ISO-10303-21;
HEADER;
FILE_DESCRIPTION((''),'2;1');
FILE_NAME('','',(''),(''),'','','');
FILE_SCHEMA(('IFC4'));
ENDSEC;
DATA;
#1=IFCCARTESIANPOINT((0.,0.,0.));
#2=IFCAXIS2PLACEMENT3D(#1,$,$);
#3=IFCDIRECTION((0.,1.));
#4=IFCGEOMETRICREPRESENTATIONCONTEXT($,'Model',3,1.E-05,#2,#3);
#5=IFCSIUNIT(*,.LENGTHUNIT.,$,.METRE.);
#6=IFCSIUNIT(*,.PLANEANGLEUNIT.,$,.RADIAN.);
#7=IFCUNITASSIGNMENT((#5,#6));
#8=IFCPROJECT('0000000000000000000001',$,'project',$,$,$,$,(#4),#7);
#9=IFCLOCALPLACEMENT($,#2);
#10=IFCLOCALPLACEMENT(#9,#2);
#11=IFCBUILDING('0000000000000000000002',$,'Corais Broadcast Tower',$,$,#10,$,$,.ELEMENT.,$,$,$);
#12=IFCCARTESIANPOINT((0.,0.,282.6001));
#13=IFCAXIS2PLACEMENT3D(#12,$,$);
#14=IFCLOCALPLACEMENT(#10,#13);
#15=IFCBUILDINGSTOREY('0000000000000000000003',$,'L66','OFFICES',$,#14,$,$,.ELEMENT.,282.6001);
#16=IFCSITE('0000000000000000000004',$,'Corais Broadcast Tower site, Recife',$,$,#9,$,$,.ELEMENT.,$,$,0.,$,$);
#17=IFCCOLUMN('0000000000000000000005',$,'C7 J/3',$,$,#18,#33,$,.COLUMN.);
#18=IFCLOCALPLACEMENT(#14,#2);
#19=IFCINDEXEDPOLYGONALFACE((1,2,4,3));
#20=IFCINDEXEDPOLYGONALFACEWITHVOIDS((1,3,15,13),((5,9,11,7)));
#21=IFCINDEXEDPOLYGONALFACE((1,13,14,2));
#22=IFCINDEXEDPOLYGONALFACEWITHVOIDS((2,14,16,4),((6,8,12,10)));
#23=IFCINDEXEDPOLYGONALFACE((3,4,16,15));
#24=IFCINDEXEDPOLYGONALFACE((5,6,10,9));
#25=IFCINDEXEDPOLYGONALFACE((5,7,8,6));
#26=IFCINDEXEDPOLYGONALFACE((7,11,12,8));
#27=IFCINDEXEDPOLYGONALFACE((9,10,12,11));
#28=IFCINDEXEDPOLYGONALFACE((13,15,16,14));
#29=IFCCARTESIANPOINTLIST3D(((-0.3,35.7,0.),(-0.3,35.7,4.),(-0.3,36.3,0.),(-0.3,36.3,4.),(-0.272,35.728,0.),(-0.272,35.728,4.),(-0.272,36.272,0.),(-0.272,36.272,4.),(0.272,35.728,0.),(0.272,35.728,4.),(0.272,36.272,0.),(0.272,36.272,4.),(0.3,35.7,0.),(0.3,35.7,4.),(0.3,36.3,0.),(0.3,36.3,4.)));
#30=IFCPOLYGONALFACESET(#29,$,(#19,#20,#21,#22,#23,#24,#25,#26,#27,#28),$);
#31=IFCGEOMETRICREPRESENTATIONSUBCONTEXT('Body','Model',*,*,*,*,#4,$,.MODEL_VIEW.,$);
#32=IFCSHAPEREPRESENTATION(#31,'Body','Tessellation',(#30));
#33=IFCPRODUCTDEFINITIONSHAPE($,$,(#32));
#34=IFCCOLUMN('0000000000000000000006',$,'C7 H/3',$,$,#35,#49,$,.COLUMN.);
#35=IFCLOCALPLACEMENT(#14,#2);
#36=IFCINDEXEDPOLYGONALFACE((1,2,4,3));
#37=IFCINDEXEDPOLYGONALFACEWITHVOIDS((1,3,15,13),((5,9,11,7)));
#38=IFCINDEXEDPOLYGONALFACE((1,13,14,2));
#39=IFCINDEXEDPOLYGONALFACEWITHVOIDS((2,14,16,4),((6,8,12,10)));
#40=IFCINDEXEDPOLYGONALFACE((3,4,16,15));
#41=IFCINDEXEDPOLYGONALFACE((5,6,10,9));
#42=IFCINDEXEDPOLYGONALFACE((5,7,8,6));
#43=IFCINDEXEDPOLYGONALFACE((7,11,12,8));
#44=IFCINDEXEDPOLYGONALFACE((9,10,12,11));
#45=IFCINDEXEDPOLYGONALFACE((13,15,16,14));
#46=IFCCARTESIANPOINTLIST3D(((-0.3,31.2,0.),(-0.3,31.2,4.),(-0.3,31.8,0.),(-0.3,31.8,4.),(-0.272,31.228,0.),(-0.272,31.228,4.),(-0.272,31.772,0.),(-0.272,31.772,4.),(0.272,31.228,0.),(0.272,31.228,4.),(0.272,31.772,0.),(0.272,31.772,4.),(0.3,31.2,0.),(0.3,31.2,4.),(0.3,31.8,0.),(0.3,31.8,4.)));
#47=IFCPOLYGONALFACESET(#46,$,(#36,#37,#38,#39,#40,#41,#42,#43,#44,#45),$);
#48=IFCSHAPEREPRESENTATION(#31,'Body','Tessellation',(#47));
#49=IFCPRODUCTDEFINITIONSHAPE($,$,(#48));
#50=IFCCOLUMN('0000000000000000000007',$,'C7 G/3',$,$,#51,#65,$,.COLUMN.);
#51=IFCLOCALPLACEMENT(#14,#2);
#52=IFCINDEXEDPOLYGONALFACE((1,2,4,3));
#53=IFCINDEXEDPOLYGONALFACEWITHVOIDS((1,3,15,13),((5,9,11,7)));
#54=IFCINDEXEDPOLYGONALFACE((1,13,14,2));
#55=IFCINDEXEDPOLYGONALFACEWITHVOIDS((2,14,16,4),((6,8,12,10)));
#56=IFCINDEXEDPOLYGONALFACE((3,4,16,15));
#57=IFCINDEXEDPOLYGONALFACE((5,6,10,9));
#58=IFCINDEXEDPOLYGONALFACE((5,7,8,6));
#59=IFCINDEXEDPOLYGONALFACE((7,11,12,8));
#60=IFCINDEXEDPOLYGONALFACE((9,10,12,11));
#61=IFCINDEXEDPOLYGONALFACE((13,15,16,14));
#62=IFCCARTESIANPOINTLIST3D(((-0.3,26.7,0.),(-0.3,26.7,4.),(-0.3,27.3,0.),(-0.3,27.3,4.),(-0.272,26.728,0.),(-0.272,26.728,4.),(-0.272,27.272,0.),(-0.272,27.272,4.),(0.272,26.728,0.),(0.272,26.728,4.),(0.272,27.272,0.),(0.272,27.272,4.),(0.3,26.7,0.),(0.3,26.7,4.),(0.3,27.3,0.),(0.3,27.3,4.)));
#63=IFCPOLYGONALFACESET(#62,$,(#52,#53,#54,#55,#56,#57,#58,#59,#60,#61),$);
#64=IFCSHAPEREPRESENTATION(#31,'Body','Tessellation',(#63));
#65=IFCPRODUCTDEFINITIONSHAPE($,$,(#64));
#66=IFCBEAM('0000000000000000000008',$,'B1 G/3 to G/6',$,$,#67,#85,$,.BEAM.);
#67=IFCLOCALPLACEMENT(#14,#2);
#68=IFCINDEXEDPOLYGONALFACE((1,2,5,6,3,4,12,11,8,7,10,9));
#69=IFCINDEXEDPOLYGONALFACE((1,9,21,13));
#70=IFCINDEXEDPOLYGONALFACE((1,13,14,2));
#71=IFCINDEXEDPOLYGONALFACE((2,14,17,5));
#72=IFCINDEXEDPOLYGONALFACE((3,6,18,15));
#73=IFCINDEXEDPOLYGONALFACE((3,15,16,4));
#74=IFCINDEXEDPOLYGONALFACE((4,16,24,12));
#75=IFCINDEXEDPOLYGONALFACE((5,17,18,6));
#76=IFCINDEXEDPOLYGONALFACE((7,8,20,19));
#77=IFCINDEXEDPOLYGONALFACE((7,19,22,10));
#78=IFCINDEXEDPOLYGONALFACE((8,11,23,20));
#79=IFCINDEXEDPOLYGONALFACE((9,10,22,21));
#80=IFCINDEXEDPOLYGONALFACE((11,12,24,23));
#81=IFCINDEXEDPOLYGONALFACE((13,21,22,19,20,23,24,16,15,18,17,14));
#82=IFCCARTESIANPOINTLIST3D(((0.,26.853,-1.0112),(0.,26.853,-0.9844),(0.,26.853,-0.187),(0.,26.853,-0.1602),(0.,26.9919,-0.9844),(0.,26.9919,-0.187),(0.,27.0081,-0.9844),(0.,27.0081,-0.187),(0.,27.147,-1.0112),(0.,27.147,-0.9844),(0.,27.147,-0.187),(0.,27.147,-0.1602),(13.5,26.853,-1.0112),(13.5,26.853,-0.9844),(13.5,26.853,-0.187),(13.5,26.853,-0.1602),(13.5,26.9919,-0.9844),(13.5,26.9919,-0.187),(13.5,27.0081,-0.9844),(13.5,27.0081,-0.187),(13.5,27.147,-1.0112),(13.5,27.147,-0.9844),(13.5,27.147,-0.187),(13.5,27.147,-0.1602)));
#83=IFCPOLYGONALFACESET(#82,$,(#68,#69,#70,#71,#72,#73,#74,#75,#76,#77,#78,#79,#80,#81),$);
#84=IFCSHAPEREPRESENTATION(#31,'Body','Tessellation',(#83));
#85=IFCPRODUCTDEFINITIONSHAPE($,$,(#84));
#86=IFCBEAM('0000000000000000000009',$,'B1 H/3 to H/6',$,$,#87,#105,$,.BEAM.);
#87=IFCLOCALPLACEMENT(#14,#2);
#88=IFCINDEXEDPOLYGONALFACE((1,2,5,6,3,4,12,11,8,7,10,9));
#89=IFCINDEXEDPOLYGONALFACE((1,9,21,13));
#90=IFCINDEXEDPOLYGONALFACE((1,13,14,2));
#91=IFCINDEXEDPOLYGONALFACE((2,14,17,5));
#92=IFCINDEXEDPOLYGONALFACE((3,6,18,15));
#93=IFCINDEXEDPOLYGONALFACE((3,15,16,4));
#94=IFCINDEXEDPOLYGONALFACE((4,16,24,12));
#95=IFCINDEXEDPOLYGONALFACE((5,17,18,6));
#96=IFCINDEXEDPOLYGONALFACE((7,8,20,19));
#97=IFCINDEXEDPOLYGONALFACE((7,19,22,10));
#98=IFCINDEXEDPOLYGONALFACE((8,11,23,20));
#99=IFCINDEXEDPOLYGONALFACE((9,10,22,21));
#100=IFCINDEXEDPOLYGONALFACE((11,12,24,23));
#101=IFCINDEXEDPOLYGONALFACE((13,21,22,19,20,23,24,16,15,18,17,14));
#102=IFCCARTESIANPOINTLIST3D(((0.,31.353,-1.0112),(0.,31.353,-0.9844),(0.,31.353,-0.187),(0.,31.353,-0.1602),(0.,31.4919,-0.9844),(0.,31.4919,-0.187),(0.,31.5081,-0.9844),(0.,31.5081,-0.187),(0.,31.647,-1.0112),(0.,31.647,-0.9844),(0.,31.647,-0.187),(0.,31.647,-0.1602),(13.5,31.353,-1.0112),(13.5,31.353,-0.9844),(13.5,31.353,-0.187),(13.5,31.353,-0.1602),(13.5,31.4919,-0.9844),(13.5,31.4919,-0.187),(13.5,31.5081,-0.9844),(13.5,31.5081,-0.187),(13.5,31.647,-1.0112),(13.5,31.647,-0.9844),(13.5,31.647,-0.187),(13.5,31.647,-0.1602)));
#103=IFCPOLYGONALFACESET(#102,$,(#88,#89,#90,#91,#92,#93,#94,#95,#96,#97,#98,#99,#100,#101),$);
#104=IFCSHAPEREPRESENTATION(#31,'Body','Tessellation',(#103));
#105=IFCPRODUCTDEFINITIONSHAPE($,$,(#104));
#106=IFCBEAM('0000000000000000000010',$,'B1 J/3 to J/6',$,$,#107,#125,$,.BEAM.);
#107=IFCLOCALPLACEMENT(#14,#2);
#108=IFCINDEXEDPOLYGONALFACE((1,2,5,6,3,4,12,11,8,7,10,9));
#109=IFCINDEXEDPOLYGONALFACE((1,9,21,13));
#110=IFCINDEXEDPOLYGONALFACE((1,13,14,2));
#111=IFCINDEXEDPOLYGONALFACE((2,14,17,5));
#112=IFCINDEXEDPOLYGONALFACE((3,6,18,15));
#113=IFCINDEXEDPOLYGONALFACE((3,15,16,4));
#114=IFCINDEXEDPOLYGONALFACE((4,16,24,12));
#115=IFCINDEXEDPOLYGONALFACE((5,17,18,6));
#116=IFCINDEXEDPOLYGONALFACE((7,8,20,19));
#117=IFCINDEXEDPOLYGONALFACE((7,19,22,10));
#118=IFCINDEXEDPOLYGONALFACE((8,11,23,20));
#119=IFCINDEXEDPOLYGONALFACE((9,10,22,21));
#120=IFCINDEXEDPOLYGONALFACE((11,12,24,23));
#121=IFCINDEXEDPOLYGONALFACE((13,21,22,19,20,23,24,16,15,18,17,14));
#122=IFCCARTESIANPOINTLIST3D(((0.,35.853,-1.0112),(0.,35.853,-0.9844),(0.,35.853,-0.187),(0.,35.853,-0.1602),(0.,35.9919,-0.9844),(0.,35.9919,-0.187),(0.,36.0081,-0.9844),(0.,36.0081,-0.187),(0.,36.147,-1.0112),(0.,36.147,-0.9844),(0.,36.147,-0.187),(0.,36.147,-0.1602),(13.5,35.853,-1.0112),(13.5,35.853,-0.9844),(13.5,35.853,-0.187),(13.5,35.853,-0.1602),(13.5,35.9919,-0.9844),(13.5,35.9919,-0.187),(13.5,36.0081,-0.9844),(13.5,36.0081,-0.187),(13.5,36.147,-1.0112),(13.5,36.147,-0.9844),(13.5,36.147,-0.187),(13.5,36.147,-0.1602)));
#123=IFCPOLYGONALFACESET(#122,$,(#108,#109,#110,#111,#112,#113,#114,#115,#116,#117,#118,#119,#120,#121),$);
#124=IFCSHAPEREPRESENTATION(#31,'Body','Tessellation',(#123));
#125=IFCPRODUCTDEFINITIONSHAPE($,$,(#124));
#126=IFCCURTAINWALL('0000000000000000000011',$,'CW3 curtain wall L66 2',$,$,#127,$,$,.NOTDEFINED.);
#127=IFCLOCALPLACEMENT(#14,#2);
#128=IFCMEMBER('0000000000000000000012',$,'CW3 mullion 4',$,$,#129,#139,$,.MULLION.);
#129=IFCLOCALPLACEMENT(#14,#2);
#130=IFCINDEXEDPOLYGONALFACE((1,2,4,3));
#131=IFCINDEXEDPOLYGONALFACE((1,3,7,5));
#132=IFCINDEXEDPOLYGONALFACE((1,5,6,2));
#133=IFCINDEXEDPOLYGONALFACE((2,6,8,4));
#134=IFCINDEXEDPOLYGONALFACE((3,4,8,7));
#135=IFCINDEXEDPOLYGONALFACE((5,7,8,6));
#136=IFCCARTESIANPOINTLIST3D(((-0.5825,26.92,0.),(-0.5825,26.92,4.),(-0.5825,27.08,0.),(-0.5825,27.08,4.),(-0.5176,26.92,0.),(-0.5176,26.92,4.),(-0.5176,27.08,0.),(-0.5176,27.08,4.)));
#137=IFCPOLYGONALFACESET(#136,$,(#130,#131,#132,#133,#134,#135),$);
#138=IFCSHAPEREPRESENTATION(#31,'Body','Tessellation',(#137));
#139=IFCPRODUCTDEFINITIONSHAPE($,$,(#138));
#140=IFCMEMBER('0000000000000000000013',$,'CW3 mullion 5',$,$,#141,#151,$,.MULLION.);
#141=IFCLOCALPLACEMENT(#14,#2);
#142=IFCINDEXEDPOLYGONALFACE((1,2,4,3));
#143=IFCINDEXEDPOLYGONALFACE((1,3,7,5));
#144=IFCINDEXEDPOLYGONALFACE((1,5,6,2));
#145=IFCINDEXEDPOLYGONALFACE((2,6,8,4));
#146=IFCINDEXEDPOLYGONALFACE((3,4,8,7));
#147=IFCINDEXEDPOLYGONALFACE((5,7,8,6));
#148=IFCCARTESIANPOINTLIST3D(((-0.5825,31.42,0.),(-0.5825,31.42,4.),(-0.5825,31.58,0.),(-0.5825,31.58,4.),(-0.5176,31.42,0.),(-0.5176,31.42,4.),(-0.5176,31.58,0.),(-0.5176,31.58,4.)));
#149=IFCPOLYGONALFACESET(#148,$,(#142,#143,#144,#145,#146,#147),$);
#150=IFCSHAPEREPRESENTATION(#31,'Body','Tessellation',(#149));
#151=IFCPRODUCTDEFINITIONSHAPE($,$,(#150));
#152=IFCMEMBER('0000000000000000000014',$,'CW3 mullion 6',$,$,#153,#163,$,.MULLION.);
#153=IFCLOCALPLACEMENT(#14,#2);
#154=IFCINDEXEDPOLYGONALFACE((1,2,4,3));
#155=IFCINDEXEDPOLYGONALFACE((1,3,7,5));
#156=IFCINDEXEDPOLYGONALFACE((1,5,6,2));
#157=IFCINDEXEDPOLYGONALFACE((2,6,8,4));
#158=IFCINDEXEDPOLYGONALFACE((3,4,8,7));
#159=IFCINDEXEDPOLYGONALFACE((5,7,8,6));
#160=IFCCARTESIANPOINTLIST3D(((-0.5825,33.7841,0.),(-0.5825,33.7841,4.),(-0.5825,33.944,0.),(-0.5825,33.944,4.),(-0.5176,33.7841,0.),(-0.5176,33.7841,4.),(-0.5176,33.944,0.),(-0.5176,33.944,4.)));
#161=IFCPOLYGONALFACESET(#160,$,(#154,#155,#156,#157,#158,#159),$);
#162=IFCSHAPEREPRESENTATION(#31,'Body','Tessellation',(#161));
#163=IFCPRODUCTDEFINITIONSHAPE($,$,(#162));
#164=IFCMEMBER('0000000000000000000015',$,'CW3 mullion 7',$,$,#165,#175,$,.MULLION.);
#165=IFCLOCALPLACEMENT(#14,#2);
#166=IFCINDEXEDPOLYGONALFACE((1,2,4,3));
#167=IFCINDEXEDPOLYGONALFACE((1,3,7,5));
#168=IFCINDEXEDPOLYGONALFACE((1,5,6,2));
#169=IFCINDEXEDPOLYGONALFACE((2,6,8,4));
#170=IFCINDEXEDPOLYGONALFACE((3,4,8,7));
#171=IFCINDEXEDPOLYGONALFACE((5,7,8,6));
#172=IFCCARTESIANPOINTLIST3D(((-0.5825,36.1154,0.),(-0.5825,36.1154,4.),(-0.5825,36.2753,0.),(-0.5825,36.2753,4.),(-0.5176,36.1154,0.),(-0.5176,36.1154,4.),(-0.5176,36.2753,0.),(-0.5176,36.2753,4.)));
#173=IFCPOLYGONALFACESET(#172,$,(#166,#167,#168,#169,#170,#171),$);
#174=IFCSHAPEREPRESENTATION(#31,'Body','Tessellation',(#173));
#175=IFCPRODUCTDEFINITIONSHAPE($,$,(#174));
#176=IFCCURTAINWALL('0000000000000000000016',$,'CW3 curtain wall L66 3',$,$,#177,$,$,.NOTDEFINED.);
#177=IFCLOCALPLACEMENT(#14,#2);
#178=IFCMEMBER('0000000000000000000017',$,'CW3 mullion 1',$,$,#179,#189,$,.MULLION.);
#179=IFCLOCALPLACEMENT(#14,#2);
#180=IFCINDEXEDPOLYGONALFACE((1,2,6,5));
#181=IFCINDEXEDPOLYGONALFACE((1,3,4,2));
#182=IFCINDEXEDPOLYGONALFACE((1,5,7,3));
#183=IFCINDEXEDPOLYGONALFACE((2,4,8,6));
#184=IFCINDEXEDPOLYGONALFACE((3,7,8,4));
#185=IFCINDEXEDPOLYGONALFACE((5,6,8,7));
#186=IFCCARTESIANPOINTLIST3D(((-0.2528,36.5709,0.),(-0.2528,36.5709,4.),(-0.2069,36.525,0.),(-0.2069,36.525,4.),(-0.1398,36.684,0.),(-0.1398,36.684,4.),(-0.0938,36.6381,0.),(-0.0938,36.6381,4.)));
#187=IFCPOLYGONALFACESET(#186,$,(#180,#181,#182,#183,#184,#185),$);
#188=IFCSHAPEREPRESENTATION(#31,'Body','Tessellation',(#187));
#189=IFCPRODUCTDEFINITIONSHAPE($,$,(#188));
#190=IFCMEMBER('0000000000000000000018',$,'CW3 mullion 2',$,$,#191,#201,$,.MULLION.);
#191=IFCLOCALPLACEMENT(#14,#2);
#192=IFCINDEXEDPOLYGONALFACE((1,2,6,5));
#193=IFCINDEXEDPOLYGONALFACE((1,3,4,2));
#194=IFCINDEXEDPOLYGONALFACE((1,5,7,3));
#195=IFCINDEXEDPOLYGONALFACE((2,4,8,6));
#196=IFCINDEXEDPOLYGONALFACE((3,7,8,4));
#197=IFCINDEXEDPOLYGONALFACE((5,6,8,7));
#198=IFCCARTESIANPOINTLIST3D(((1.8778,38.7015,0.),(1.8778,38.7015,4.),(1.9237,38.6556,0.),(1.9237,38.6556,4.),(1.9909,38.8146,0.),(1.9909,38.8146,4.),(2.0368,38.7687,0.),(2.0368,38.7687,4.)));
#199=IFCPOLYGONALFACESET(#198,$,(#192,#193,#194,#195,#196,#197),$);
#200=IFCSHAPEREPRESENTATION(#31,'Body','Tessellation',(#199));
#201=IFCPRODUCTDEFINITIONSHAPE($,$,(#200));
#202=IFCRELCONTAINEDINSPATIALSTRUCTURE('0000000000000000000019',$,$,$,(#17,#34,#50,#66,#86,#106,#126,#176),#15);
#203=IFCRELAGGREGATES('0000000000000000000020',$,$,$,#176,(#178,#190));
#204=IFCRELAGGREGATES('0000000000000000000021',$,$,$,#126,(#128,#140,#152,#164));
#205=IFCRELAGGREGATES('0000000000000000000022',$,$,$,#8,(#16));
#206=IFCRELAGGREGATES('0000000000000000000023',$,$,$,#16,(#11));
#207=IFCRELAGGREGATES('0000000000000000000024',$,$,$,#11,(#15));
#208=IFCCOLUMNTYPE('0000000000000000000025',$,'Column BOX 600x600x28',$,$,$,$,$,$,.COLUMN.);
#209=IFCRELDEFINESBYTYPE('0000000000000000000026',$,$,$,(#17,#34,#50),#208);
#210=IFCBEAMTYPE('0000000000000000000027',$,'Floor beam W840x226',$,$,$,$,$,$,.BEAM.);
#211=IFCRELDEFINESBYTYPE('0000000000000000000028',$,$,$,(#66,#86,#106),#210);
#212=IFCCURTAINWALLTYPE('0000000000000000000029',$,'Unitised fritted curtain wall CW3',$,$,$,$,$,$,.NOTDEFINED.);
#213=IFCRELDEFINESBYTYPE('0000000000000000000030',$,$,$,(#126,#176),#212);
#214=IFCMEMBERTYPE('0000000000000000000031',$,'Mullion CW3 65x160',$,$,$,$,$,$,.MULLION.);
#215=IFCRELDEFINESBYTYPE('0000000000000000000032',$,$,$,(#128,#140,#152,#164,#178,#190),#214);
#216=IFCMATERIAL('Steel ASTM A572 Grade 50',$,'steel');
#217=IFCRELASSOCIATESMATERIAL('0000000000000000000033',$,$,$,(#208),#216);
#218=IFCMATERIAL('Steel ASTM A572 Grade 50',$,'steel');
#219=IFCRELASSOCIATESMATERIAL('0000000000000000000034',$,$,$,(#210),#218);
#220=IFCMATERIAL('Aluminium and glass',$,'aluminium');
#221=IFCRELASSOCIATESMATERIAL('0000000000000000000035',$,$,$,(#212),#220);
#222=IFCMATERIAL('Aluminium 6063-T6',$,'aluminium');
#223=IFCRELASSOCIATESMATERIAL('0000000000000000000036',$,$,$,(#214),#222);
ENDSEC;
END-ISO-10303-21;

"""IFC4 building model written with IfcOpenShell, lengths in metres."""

from ifc_helpers import new_model, si_unit, direction, frame, origin, origin_2d, place, context, subcontext, project, spatial, rectangle, hollow_rectangle, i_section, extrude, material, material_profile, profile_set, type_object, element, aggregate, save


model = new_model("IFC4")

# Units and contexts
model_context = context("Model", 3, precision=1e-05, world=origin(), true_north=direction((0.0, 1.0)))
body_context = subcontext(model_context, "Body", "Model", "MODEL_VIEW")
ifc_project = project(units=[si_unit("LENGTHUNIT", "METRE"), si_unit("PLANEANGLEUNIT", "RADIAN")], contexts=[model_context])

# Site, building, storey
site_placement = place(None, origin())
site = spatial("IfcSite", under=ifc_project, at=site_placement, Name="Corais Broadcast Tower site, Recife", CompositionType="ELEMENT", RefElevation=0.0)
building_placement = place(site_placement, origin())
building = spatial("IfcBuilding", under=site, at=building_placement, Name="Corais Broadcast Tower", CompositionType="ELEMENT")
storey_placement = place(building_placement, frame((0.0, 0.0, 282.6001)))
storey = spatial("IfcBuildingStorey", under=building, at=storey_placement, Name="L66", Description="OFFICES", CompositionType="ELEMENT", Elevation=282.6001)

# Columns
ifc_material_1 = material(Name="Steel ASTM A572 Grade 50", Category="steel")
ifc_material_profile_1 = material_profile(ifc_material_1, hollow_rectangle(XDim=0.6001, YDim=0.6001, WallThickness=0.0281, at=origin_2d()), Name="BOX 600x600x28")
ifc_profile_set_1 = profile_set([ifc_material_profile_1], Name="Steel ASTM A572 Grade 50")
column_type = type_object("IfcColumnType", Name="Column BOX 600x600x28", PredefinedType="COLUMN", material=ifc_profile_set_1)
for number, where, z_axis, x_axis, name in (
    (1, (0.0, 36.0, 0.0), (0.0, 0.0, 1.0), (1.0, 0.0, 0.0), "C7 J/3"),
    (2, (0.0, 31.5, 0.0), (0.0, 0.0, 1.0), (1.0, 0.0, 0.0), "C7 H/3"),
    (3, (0.0, 27.0, 0.0), (0.0, 0.0, 1.0), (1.0, 0.0, 0.0), "C7 G/3"),
):
    element("IfcColumn", number, at=place(storey_placement, frame(where, z_axis=z_axis, x_axis=x_axis)), inside=storey, type_object=column_type, Name=name, PredefinedType="COLUMN", context=body_context, shape_type="SweptSolid", body=[
        extrude(hollow_rectangle(XDim=0.6001, YDim=0.6001, WallThickness=0.0281, at=origin_2d()), origin(), (0.0, 0.0, 1.0), 4.0),
    ])

# Beams
ifc_material_2 = material(Name="Steel ASTM A572 Grade 50", Category="steel")
ifc_material_profile_2 = material_profile(ifc_material_2, i_section(OverallWidth=0.2939, OverallDepth=0.8511, WebThickness=0.0161, FlangeThickness=0.0269, at=origin_2d()), Name="W840x226")
ifc_profile_set_2 = profile_set([ifc_material_profile_2], Name="Steel ASTM A572 Grade 50")
beam_type_1 = type_object("IfcBeamType", Name="Floor beam W840x226", PredefinedType="BEAM", material=ifc_profile_set_2)
for number, where, z_axis, x_axis, name in (
    (4, (0.0, 27.0, -0.5857), (1.0, 0.0, 0.0), (0.0, 1.0, 0.0), "B1 G/3 to G/6"),
    (5, (0.0, 31.5, -0.5857), (1.0, 0.0, 0.0), (0.0, 1.0, 0.0), "B1 H/3 to H/6"),
    (6, (0.0, 36.0, -0.5857), (1.0, 0.0, 0.0), (0.0, 1.0, 0.0), "B1 J/3 to J/6"),
):
    element("IfcBeam", number, at=place(storey_placement, frame(where, z_axis=z_axis, x_axis=x_axis)), inside=storey, type_object=beam_type_1, Name=name, PredefinedType="BEAM", context=body_context, shape_type="SweptSolid", body=[
        extrude(i_section(OverallWidth=0.2939, OverallDepth=0.8511, WebThickness=0.0161, FlangeThickness=0.0269, at=origin_2d()), origin(), (0.0, 0.0, 1.0), 13.5),
    ])

# Curtain walls, members
ifc_material_3 = material(Name="Aluminium and glass", Category="aluminium")
curtain_wall_type = type_object("IfcCurtainWallType", Name="Unitised fritted curtain wall CW3", PredefinedType="NOTDEFINED", material=ifc_material_3)
curtain_wall_1_placement = place(storey_placement, origin())
curtain_wall_1 = element("IfcCurtainWall", 7, at=curtain_wall_1_placement, inside=storey, type_object=curtain_wall_type, Name="CW3 curtain wall L66 2", PredefinedType="NOTDEFINED")
ifc_material_4 = material(Name="Aluminium 6063-T6", Category="aluminium")
ifc_material_profile_3 = material_profile(ifc_material_4, rectangle(XDim=0.0649, YDim=0.1599, at=origin_2d()), Name="Mullion CW3 65x160")
ifc_profile_set_3 = profile_set([ifc_material_profile_3], Name="Aluminium 6063-T6")
member_type_1 = type_object("IfcMemberType", Name="Mullion CW3 65x160", PredefinedType="MULLION", material=ifc_profile_set_3)
member_1_placement = place(storey_placement, frame((-0.55, 27.0, 0.0), z_axis=(0.0, 0.0, 1.0), x_axis=(-1.0, 0.0, 0.0)))
member_1 = element("IfcMember", 8, at=member_1_placement, type_object=member_type_1, Name="CW3 mullion 4", PredefinedType="MULLION", context=body_context, shape_type="SweptSolid", body=[
    extrude(rectangle(XDim=0.0649, YDim=0.1599, at=origin_2d()), origin(), (0.0, 0.0, 1.0), 4.0),
])
member_2_placement = place(storey_placement, frame((-0.55, 31.5, 0.0), z_axis=(0.0, 0.0, 1.0), x_axis=(-1.0, 0.0, 0.0)))
member_2 = element("IfcMember", 9, at=member_2_placement, type_object=member_type_1, Name="CW3 mullion 5", PredefinedType="MULLION", context=body_context, shape_type="SweptSolid", body=[
    extrude(rectangle(XDim=0.0649, YDim=0.1599, at=origin_2d()), origin(), (0.0, 0.0, 1.0), 4.0),
])
member_3_placement = place(storey_placement, frame((-0.55, 33.864, 0.0), z_axis=(0.0, 0.0, 1.0), x_axis=(-1.0, 0.0, 0.0)))
member_3 = element("IfcMember", 10, at=member_3_placement, type_object=member_type_1, Name="CW3 mullion 6", PredefinedType="MULLION", context=body_context, shape_type="SweptSolid", body=[
    extrude(rectangle(XDim=0.0649, YDim=0.1599, at=origin_2d()), origin(), (0.0, 0.0, 1.0), 4.0),
])
member_4_placement = place(storey_placement, frame((-0.55, 36.1953, 0.0), z_axis=(0.0, 0.0, 1.0), x_axis=(-1.0, 0.0, 0.0)))
member_4 = element("IfcMember", 11, at=member_4_placement, type_object=member_type_1, Name="CW3 mullion 7", PredefinedType="MULLION", context=body_context, shape_type="SweptSolid", body=[
    extrude(rectangle(XDim=0.0649, YDim=0.1599, at=origin_2d()), origin(), (0.0, 0.0, 1.0), 4.0),
])
curtain_wall_2_placement = place(storey_placement, origin())
curtain_wall_2 = element("IfcCurtainWall", 12, at=curtain_wall_2_placement, inside=storey, type_object=curtain_wall_type, Name="CW3 curtain wall L66 3", PredefinedType="NOTDEFINED")
member_5_placement = place(storey_placement, frame((-0.1733, 36.6045, 0.0), z_axis=(0.0, 0.0, 1.0), x_axis=(-0.707107, 0.707107, 0.0)))
member_5 = element("IfcMember", 13, at=member_5_placement, type_object=member_type_1, Name="CW3 mullion 1", PredefinedType="MULLION", context=body_context, shape_type="SweptSolid", body=[
    extrude(rectangle(XDim=0.0649, YDim=0.1599, at=origin_2d()), origin(), (0.0, 0.0, 1.0), 4.0),
])
member_6_placement = place(storey_placement, frame((1.9573, 38.7351, 0.0), z_axis=(0.0, 0.0, 1.0), x_axis=(-0.707107, 0.707107, 0.0)))
member_6 = element("IfcMember", 14, at=member_6_placement, type_object=member_type_1, Name="CW3 mullion 2", PredefinedType="MULLION", context=body_context, shape_type="SweptSolid", body=[
    extrude(rectangle(XDim=0.0649, YDim=0.1599, at=origin_2d()), origin(), (0.0, 0.0, 1.0), 4.0),
])

aggregate(curtain_wall_2, [member_5, member_6])
aggregate(curtain_wall_1, [member_1, member_2, member_3, member_4])

save(model, "model.ifc")
